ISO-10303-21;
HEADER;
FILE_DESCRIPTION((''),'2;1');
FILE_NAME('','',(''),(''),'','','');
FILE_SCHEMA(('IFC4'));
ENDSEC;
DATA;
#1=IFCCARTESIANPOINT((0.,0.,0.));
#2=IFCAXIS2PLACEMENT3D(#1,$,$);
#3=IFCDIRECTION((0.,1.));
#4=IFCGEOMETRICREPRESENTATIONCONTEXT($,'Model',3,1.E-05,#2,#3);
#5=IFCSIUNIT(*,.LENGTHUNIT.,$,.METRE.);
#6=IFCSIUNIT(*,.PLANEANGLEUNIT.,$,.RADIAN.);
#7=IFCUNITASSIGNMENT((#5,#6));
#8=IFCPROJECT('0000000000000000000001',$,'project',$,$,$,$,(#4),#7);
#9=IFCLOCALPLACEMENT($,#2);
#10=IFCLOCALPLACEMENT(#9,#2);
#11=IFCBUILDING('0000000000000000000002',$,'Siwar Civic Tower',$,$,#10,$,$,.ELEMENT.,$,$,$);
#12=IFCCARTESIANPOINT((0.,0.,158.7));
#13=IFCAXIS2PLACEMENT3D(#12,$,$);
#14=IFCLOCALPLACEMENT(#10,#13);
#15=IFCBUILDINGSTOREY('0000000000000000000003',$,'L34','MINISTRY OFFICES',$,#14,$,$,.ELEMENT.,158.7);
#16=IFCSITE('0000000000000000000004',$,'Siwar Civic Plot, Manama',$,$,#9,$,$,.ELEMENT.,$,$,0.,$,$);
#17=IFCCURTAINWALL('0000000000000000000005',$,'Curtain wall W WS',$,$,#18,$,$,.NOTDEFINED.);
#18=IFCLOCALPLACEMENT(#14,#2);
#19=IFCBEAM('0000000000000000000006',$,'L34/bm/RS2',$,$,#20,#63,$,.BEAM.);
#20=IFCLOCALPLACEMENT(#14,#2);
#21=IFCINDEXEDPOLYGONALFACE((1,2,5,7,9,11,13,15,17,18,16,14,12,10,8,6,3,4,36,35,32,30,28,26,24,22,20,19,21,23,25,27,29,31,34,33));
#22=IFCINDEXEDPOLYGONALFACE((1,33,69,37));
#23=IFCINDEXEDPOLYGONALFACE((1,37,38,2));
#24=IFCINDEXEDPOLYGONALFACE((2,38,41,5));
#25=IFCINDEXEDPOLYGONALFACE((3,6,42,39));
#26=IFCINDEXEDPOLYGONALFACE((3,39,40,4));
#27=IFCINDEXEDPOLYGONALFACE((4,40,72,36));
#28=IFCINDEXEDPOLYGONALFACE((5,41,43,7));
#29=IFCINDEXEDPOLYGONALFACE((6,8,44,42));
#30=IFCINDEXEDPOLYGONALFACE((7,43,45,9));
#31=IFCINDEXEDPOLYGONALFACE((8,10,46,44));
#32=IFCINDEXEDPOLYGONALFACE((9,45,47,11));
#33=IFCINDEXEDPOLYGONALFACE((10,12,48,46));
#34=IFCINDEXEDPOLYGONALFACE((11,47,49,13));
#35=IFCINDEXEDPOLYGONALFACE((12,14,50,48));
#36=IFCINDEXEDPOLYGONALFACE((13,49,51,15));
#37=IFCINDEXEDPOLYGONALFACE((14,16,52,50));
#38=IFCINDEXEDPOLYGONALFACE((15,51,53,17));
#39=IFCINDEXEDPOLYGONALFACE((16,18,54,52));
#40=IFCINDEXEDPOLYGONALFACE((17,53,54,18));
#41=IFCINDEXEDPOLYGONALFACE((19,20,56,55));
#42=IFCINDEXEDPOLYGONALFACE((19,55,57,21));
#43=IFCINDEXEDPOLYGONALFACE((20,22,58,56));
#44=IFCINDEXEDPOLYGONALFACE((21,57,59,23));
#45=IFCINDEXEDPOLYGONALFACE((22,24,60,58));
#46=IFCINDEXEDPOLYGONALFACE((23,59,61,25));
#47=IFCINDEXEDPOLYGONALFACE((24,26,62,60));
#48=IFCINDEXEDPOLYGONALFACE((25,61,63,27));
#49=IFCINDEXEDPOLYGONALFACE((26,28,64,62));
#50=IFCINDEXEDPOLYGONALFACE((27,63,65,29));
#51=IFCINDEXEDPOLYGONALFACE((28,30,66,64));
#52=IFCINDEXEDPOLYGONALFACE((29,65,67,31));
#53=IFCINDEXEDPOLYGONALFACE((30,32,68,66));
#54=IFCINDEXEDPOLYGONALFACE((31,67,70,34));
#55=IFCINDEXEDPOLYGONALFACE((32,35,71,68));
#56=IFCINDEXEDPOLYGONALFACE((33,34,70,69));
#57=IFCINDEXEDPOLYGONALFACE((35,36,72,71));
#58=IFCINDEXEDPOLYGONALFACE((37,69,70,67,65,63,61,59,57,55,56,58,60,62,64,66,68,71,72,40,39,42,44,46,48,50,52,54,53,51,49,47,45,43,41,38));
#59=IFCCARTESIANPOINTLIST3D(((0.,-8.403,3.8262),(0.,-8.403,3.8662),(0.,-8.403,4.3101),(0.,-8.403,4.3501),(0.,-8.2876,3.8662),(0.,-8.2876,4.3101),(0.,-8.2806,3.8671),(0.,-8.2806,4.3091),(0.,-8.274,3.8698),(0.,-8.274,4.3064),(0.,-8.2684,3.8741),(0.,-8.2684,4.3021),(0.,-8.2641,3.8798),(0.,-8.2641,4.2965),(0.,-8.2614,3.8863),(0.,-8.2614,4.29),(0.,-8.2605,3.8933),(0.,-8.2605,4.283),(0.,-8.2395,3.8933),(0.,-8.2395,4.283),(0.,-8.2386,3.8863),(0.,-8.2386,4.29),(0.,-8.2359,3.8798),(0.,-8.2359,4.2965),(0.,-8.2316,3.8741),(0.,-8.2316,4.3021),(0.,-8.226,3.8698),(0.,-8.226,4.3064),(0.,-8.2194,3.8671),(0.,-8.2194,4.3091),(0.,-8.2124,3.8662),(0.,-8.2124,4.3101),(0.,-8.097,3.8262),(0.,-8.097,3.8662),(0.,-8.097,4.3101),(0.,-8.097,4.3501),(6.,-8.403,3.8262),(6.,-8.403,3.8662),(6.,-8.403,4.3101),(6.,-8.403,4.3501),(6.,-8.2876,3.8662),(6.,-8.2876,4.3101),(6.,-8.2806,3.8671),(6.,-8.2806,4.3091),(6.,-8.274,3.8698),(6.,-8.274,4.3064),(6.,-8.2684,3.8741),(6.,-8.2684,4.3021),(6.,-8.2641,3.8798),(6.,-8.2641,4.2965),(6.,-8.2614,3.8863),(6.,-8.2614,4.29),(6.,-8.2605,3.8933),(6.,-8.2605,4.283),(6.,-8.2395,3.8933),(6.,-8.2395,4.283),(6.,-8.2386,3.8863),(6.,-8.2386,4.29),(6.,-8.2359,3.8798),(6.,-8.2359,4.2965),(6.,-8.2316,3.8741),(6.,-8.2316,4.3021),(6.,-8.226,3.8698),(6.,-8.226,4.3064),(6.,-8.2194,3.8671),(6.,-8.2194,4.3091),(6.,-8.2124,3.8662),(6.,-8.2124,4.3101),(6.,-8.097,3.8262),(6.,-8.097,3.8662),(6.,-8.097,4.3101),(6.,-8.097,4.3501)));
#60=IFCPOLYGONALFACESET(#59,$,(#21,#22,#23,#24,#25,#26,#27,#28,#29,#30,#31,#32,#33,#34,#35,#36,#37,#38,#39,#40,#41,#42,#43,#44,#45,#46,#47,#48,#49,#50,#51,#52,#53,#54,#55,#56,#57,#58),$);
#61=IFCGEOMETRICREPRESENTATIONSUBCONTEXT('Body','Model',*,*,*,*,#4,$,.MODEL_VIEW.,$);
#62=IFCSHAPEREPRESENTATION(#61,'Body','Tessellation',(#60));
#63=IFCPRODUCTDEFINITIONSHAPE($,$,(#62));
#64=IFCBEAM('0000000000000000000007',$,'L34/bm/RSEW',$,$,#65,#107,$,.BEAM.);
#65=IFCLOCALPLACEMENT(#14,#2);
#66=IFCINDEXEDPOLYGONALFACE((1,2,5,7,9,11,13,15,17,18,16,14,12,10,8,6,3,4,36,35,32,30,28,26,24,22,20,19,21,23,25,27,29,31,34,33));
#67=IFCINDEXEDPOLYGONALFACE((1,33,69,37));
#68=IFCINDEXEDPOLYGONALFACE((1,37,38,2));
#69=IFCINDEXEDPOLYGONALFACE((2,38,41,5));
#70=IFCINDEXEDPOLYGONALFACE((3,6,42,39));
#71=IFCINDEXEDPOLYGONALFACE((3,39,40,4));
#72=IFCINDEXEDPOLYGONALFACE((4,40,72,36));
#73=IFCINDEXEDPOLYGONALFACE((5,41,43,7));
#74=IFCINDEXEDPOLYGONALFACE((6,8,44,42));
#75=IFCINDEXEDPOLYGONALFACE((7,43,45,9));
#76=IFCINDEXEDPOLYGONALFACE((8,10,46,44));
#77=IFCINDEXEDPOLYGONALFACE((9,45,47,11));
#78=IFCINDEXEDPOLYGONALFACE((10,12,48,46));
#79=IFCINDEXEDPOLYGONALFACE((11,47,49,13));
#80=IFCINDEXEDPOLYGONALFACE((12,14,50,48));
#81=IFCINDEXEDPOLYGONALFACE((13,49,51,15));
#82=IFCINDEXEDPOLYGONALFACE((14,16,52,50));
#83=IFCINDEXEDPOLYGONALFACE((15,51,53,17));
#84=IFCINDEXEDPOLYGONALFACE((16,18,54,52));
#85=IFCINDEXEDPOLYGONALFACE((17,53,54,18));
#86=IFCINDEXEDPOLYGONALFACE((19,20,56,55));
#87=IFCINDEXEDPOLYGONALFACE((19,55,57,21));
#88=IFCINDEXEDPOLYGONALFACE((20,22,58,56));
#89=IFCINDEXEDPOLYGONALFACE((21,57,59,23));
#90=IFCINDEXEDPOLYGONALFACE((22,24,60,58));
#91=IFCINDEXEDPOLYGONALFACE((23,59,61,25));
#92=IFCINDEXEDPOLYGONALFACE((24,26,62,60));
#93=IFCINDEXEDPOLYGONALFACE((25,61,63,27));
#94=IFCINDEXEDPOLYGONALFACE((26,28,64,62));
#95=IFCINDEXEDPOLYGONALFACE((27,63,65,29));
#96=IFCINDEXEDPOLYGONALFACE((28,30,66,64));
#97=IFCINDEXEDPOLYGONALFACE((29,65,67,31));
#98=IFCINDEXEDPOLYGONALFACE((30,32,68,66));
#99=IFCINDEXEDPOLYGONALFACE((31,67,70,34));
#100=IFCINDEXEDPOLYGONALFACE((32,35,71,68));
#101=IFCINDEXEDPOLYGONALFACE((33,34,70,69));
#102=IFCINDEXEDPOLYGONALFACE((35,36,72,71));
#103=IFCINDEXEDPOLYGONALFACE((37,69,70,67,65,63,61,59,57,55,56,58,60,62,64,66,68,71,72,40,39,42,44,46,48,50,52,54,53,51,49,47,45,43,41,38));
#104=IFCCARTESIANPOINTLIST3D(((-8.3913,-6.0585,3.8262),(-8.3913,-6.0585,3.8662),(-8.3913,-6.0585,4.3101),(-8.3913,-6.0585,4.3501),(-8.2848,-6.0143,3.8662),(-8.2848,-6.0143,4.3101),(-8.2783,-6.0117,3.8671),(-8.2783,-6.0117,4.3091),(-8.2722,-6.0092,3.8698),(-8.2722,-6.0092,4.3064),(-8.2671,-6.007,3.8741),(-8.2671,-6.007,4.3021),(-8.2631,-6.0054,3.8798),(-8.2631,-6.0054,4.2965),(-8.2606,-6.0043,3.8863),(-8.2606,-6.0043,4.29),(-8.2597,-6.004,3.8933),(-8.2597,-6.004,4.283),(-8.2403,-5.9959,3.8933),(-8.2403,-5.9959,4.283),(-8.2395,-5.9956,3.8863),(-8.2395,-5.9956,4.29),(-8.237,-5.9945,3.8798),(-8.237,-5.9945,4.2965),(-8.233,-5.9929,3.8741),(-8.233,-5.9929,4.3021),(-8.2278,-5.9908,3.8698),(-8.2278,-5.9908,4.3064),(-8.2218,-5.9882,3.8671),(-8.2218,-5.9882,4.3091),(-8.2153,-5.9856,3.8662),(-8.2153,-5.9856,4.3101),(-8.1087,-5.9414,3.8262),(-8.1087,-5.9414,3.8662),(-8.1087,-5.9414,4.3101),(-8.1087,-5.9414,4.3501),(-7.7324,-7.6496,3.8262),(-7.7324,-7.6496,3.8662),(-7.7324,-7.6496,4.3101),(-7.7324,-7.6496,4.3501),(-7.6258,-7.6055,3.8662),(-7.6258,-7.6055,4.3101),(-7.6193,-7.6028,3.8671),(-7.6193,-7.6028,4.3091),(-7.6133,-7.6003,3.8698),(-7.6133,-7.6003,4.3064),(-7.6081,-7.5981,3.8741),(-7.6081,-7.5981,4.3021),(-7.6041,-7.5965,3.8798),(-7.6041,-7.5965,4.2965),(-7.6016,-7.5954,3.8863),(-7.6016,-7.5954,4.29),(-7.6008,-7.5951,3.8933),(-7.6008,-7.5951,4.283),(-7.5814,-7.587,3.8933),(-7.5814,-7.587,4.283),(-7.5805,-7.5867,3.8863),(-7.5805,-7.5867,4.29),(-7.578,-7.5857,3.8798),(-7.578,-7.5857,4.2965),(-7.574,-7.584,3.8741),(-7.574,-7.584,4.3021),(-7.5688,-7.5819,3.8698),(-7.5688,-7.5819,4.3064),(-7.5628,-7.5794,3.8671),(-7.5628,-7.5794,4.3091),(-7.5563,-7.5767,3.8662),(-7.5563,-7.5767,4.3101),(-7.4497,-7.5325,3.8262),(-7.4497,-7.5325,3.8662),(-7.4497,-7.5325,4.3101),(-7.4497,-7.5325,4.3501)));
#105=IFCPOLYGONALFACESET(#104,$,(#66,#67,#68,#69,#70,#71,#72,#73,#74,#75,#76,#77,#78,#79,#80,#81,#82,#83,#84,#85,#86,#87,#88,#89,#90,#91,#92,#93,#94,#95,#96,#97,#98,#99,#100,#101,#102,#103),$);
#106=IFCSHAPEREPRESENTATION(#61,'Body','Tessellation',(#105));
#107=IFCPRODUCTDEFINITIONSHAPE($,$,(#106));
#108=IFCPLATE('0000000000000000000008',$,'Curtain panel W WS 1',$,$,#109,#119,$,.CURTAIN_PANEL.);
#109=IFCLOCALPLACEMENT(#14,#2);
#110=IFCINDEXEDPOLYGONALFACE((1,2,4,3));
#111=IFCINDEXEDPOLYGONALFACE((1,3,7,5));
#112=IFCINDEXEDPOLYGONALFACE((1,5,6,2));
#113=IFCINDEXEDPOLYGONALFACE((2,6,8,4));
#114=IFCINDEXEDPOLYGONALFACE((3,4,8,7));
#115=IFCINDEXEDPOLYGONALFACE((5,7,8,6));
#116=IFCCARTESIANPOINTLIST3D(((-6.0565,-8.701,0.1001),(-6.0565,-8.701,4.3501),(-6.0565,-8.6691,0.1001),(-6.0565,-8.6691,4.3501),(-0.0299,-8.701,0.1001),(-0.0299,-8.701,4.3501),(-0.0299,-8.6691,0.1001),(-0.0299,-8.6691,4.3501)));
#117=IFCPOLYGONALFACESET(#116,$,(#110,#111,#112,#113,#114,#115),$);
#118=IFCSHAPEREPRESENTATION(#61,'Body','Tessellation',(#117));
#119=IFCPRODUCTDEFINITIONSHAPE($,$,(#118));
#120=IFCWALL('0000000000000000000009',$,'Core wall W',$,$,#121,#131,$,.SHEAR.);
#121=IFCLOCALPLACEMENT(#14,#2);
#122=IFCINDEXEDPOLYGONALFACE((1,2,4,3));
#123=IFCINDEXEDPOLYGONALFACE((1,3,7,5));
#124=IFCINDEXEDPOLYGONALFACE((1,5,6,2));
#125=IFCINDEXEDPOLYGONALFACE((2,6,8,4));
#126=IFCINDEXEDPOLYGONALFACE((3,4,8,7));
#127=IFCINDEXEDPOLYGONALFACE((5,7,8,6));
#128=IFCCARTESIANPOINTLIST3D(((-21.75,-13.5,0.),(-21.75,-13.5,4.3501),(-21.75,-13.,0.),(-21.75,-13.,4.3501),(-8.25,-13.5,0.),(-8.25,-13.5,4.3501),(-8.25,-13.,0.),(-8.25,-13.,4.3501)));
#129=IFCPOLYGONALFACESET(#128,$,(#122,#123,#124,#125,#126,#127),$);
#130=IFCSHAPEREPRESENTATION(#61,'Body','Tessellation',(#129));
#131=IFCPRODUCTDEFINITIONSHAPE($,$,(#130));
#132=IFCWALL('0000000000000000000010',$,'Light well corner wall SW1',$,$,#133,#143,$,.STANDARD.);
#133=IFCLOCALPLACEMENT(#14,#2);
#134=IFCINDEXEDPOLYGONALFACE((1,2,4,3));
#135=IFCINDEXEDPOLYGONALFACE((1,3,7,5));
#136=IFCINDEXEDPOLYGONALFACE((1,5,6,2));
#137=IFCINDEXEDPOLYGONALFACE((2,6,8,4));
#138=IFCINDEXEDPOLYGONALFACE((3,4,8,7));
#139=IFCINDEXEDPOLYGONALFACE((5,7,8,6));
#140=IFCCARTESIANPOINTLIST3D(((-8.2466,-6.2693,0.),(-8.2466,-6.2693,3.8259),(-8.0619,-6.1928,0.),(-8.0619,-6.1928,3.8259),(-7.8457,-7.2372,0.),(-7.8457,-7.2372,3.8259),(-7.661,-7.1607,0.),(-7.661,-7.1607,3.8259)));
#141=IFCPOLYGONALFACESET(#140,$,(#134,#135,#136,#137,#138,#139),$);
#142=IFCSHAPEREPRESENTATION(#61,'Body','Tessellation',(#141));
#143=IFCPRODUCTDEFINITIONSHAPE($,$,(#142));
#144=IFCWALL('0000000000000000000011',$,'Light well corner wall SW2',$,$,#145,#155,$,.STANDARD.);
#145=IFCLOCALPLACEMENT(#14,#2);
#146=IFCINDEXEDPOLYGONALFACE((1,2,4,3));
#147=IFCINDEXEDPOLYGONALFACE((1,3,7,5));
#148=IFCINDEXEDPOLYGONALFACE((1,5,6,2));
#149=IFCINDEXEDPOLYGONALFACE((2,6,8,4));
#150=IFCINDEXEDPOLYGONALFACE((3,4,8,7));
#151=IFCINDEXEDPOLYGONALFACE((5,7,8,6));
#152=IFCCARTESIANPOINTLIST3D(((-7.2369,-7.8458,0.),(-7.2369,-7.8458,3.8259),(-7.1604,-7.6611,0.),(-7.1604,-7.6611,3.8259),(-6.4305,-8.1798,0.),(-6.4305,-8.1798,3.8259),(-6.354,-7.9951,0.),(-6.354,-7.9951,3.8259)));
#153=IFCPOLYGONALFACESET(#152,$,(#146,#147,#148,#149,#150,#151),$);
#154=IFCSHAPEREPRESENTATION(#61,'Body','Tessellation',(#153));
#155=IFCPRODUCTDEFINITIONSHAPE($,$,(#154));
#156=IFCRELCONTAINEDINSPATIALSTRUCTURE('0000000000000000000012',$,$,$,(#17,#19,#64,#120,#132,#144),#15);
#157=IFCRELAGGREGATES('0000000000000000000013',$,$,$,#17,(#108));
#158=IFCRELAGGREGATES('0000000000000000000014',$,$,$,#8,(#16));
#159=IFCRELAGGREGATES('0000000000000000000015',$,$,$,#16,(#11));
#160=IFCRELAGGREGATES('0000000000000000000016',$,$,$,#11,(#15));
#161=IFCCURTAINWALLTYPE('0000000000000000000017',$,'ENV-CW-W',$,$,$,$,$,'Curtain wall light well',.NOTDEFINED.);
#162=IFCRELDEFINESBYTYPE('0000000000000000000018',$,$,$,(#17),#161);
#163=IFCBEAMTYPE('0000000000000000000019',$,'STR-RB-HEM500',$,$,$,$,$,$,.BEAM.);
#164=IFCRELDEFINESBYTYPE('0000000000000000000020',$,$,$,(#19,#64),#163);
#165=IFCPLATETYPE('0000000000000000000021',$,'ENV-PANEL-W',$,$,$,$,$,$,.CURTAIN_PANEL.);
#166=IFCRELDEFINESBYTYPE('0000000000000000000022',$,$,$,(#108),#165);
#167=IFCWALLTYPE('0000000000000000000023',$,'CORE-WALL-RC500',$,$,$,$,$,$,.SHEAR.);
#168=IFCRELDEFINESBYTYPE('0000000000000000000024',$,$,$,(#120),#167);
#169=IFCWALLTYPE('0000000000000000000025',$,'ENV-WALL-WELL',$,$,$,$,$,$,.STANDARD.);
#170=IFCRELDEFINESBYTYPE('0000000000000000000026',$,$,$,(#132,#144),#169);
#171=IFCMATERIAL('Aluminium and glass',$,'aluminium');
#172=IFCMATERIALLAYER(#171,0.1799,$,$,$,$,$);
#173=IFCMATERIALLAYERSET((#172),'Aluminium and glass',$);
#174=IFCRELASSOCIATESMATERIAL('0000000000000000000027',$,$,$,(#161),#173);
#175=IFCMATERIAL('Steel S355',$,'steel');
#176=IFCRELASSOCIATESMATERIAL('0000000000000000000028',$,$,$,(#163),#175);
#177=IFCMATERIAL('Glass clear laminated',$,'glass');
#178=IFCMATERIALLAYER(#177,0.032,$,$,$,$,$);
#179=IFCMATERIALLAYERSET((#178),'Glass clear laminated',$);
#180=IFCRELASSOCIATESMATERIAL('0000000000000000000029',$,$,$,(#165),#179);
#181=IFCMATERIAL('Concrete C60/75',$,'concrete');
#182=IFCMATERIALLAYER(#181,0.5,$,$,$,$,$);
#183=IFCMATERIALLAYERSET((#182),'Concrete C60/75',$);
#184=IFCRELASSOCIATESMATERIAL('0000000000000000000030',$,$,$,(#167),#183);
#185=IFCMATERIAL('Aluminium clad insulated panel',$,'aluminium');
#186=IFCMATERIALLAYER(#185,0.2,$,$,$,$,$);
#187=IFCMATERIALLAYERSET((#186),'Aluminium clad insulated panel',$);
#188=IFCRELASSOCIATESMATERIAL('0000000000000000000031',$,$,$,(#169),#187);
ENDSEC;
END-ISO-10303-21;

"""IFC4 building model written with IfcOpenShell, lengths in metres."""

from ifc_helpers import new_model, si_unit, direction, frame, frame_2d, origin, origin_2d, place, context, subcontext, project, spatial, rectangle, i_section, extrude, material, layer, layer_set, material_profile, profile_set, type_object, element, aggregate, save


model = new_model("IFC4")

# Units and contexts
model_context = context("Model", 3, precision=1e-05, world=origin(), true_north=direction((0.0, 1.0)))
body_context = subcontext(model_context, "Body", "Model", "MODEL_VIEW")
ifc_project = project(units=[si_unit("LENGTHUNIT", "METRE"), si_unit("PLANEANGLEUNIT", "RADIAN")], contexts=[model_context])

# Site, building, storey
site_placement = place(None, origin())
site = spatial("IfcSite", under=ifc_project, at=site_placement, Name="Siwar Civic Plot, Manama", CompositionType="ELEMENT", RefElevation=0.0)
building_placement = place(site_placement, origin())
building = spatial("IfcBuilding", under=site, at=building_placement, Name="Siwar Civic Tower", CompositionType="ELEMENT")
storey_placement = place(building_placement, frame((0.0, 0.0, 158.7)))
storey = spatial("IfcBuildingStorey", under=building, at=storey_placement, Name="L34", Description="MINISTRY OFFICES", CompositionType="ELEMENT", Elevation=158.7)

# Curtain wall
ifc_material_1 = material(Name="Aluminium and glass", Category="aluminium")
ifc_layer_1 = layer(ifc_material_1, 0.1799)
ifc_layer_set_1 = layer_set([ifc_layer_1], Name="Aluminium and glass")
curtain_wall_type = type_object("IfcCurtainWallType", Name="ENV-CW-W", ElementType="Curtain wall light well", PredefinedType="NOTDEFINED", material=ifc_layer_set_1)
curtain_wall_placement = place(storey_placement, origin())
curtain_wall = element("IfcCurtainWall", 1, at=curtain_wall_placement, inside=storey, type_object=curtain_wall_type, Name="Curtain wall W WS", PredefinedType="NOTDEFINED")

# Beams
ifc_material_2 = material(Name="Steel S355", Category="steel")
ifc_material_profile_1 = material_profile(ifc_material_2, i_section(OverallWidth=0.3059, OverallDepth=0.5239, WebThickness=0.021, FlangeThickness=0.04, FilletRadius=0.0271, at=origin_2d()), Name="HEM500")
ifc_profile_set_1 = profile_set([ifc_material_profile_1], Name="Steel S355")
beam_type = type_object("IfcBeamType", Name="STR-RB-HEM500", PredefinedType="BEAM", material=ifc_profile_set_1)
for number, where, z_axis, x_axis, name in (
    (2, (0.0, -8.25, 4.0881), (1.0, 0.0, 0.0), (0.0, 1.0, 0.0), "L34/bm/RS2"),
):
    element("IfcBeam", number, at=place(storey_placement, frame(where, z_axis=z_axis, x_axis=x_axis)), inside=storey, type_object=beam_type, Name=name, PredefinedType="BEAM", context=body_context, shape_type="SweptSolid", body=[
        extrude(i_section(OverallWidth=0.3059, OverallDepth=0.5239, WebThickness=0.021, FlangeThickness=0.04, FilletRadius=0.0271, at=origin_2d()), origin(), (0.0, 0.0, 1.0), 6.0),
    ])
beam_1_placement = place(storey_placement, frame((-7.5911, -7.5911, 4.0881), z_axis=(-0.382631, 0.923901, 0.0), x_axis=(-0.923901, -0.382631, 0.0)))
element("IfcBeam", 3, at=beam_1_placement, inside=storey, type_object=beam_type, Name="L34/bm/RSEW", PredefinedType="BEAM", context=body_context, shape_type="SweptSolid", body=[
    extrude(i_section(OverallWidth=0.3059, OverallDepth=0.5239, WebThickness=0.021, FlangeThickness=0.04, FilletRadius=0.0271, at=origin_2d()), origin(), (0.0, 0.0, 1.0), 1.7222),
])

# Plate
ifc_material_3 = material(Name="Glass clear laminated", Category="glass")
ifc_layer_2 = layer(ifc_material_3, 0.032)
ifc_layer_set_2 = layer_set([ifc_layer_2], Name="Glass clear laminated")
plate_type = type_object("IfcPlateType", Name="ENV-PANEL-W", PredefinedType="CURTAIN_PANEL", material=ifc_layer_set_2)
plate_placement = place(storey_placement, frame((-3.0432, -8.6851, 0.1001), z_axis=(0.0, 0.0, 1.0), x_axis=(1.0, 0.0, 0.0)))
plate = element("IfcPlate", 4, at=plate_placement, type_object=plate_type, Name="Curtain panel W WS 1", PredefinedType="CURTAIN_PANEL", context=body_context, shape_type="SweptSolid", body=[
    extrude(rectangle(XDim=6.0266, YDim=0.032, at=origin_2d()), origin(), (0.0, 0.0, 1.0), 4.25),
])
aggregate(curtain_wall, [plate])

# Walls
ifc_material_4 = material(Name="Concrete C60/75", Category="concrete")
ifc_layer_3 = layer(ifc_material_4, 0.5)
ifc_layer_set_3 = layer_set([ifc_layer_3], Name="Concrete C60/75")
wall_type_1 = type_object("IfcWallType", Name="CORE-WALL-RC500", PredefinedType="SHEAR", material=ifc_layer_set_3)
wall_1_placement = place(storey_placement, frame((-8.25, -13.25, 0.0), z_axis=(0.0, 0.0, 1.0), x_axis=(-1.0, 0.0, 0.0)))
element("IfcWall", 5, at=wall_1_placement, inside=storey, type_object=wall_type_1, Name="Core wall W", PredefinedType="SHEAR", context=body_context, shape_type="SweptSolid", body=[
    extrude(rectangle(XDim=13.5, YDim=0.5, at=frame_2d((6.75, 0.0))), origin(), (0.0, 0.0, 1.0), 4.3501),
])
ifc_material_5 = material(Name="Aluminium clad insulated panel", Category="aluminium")
ifc_layer_4 = layer(ifc_material_5, 0.2)
ifc_layer_set_4 = layer_set([ifc_layer_4], Name="Aluminium clad insulated panel")
wall_type_2 = type_object("IfcWallType", Name="ENV-WALL-WELL", PredefinedType="STANDARD", material=ifc_layer_set_4)
wall_2_placement = place(storey_placement, frame((-8.1543, -6.231, 0.0), z_axis=(0.0, 0.0, 1.0), x_axis=(0.382695, -0.923875, 0.0)))
element("IfcWall", 6, at=wall_2_placement, inside=storey, type_object=wall_type_2, Name="Light well corner wall SW1", PredefinedType="STANDARD", context=body_context, shape_type="SweptSolid", body=[
    extrude(rectangle(XDim=1.0476, YDim=0.2, at=frame_2d((0.5239, 0.0))), origin(), (0.0, 0.0, 1.0), 3.8259),
])
wall_3_placement = place(storey_placement, frame((-7.1987, -7.7534, 0.0), z_axis=(0.0, 0.0, 1.0), x_axis=(0.923894, -0.382648, 0.0)))
element("IfcWall", 7, at=wall_3_placement, inside=storey, type_object=wall_type_2, Name="Light well corner wall SW2", PredefinedType="STANDARD", context=body_context, shape_type="SweptSolid", body=[
    extrude(rectangle(XDim=0.8728, YDim=0.2, at=frame_2d((0.4365, 0.0))), origin(), (0.0, 0.0, 1.0), 3.8259),
])

save(model, "model.ifc")
